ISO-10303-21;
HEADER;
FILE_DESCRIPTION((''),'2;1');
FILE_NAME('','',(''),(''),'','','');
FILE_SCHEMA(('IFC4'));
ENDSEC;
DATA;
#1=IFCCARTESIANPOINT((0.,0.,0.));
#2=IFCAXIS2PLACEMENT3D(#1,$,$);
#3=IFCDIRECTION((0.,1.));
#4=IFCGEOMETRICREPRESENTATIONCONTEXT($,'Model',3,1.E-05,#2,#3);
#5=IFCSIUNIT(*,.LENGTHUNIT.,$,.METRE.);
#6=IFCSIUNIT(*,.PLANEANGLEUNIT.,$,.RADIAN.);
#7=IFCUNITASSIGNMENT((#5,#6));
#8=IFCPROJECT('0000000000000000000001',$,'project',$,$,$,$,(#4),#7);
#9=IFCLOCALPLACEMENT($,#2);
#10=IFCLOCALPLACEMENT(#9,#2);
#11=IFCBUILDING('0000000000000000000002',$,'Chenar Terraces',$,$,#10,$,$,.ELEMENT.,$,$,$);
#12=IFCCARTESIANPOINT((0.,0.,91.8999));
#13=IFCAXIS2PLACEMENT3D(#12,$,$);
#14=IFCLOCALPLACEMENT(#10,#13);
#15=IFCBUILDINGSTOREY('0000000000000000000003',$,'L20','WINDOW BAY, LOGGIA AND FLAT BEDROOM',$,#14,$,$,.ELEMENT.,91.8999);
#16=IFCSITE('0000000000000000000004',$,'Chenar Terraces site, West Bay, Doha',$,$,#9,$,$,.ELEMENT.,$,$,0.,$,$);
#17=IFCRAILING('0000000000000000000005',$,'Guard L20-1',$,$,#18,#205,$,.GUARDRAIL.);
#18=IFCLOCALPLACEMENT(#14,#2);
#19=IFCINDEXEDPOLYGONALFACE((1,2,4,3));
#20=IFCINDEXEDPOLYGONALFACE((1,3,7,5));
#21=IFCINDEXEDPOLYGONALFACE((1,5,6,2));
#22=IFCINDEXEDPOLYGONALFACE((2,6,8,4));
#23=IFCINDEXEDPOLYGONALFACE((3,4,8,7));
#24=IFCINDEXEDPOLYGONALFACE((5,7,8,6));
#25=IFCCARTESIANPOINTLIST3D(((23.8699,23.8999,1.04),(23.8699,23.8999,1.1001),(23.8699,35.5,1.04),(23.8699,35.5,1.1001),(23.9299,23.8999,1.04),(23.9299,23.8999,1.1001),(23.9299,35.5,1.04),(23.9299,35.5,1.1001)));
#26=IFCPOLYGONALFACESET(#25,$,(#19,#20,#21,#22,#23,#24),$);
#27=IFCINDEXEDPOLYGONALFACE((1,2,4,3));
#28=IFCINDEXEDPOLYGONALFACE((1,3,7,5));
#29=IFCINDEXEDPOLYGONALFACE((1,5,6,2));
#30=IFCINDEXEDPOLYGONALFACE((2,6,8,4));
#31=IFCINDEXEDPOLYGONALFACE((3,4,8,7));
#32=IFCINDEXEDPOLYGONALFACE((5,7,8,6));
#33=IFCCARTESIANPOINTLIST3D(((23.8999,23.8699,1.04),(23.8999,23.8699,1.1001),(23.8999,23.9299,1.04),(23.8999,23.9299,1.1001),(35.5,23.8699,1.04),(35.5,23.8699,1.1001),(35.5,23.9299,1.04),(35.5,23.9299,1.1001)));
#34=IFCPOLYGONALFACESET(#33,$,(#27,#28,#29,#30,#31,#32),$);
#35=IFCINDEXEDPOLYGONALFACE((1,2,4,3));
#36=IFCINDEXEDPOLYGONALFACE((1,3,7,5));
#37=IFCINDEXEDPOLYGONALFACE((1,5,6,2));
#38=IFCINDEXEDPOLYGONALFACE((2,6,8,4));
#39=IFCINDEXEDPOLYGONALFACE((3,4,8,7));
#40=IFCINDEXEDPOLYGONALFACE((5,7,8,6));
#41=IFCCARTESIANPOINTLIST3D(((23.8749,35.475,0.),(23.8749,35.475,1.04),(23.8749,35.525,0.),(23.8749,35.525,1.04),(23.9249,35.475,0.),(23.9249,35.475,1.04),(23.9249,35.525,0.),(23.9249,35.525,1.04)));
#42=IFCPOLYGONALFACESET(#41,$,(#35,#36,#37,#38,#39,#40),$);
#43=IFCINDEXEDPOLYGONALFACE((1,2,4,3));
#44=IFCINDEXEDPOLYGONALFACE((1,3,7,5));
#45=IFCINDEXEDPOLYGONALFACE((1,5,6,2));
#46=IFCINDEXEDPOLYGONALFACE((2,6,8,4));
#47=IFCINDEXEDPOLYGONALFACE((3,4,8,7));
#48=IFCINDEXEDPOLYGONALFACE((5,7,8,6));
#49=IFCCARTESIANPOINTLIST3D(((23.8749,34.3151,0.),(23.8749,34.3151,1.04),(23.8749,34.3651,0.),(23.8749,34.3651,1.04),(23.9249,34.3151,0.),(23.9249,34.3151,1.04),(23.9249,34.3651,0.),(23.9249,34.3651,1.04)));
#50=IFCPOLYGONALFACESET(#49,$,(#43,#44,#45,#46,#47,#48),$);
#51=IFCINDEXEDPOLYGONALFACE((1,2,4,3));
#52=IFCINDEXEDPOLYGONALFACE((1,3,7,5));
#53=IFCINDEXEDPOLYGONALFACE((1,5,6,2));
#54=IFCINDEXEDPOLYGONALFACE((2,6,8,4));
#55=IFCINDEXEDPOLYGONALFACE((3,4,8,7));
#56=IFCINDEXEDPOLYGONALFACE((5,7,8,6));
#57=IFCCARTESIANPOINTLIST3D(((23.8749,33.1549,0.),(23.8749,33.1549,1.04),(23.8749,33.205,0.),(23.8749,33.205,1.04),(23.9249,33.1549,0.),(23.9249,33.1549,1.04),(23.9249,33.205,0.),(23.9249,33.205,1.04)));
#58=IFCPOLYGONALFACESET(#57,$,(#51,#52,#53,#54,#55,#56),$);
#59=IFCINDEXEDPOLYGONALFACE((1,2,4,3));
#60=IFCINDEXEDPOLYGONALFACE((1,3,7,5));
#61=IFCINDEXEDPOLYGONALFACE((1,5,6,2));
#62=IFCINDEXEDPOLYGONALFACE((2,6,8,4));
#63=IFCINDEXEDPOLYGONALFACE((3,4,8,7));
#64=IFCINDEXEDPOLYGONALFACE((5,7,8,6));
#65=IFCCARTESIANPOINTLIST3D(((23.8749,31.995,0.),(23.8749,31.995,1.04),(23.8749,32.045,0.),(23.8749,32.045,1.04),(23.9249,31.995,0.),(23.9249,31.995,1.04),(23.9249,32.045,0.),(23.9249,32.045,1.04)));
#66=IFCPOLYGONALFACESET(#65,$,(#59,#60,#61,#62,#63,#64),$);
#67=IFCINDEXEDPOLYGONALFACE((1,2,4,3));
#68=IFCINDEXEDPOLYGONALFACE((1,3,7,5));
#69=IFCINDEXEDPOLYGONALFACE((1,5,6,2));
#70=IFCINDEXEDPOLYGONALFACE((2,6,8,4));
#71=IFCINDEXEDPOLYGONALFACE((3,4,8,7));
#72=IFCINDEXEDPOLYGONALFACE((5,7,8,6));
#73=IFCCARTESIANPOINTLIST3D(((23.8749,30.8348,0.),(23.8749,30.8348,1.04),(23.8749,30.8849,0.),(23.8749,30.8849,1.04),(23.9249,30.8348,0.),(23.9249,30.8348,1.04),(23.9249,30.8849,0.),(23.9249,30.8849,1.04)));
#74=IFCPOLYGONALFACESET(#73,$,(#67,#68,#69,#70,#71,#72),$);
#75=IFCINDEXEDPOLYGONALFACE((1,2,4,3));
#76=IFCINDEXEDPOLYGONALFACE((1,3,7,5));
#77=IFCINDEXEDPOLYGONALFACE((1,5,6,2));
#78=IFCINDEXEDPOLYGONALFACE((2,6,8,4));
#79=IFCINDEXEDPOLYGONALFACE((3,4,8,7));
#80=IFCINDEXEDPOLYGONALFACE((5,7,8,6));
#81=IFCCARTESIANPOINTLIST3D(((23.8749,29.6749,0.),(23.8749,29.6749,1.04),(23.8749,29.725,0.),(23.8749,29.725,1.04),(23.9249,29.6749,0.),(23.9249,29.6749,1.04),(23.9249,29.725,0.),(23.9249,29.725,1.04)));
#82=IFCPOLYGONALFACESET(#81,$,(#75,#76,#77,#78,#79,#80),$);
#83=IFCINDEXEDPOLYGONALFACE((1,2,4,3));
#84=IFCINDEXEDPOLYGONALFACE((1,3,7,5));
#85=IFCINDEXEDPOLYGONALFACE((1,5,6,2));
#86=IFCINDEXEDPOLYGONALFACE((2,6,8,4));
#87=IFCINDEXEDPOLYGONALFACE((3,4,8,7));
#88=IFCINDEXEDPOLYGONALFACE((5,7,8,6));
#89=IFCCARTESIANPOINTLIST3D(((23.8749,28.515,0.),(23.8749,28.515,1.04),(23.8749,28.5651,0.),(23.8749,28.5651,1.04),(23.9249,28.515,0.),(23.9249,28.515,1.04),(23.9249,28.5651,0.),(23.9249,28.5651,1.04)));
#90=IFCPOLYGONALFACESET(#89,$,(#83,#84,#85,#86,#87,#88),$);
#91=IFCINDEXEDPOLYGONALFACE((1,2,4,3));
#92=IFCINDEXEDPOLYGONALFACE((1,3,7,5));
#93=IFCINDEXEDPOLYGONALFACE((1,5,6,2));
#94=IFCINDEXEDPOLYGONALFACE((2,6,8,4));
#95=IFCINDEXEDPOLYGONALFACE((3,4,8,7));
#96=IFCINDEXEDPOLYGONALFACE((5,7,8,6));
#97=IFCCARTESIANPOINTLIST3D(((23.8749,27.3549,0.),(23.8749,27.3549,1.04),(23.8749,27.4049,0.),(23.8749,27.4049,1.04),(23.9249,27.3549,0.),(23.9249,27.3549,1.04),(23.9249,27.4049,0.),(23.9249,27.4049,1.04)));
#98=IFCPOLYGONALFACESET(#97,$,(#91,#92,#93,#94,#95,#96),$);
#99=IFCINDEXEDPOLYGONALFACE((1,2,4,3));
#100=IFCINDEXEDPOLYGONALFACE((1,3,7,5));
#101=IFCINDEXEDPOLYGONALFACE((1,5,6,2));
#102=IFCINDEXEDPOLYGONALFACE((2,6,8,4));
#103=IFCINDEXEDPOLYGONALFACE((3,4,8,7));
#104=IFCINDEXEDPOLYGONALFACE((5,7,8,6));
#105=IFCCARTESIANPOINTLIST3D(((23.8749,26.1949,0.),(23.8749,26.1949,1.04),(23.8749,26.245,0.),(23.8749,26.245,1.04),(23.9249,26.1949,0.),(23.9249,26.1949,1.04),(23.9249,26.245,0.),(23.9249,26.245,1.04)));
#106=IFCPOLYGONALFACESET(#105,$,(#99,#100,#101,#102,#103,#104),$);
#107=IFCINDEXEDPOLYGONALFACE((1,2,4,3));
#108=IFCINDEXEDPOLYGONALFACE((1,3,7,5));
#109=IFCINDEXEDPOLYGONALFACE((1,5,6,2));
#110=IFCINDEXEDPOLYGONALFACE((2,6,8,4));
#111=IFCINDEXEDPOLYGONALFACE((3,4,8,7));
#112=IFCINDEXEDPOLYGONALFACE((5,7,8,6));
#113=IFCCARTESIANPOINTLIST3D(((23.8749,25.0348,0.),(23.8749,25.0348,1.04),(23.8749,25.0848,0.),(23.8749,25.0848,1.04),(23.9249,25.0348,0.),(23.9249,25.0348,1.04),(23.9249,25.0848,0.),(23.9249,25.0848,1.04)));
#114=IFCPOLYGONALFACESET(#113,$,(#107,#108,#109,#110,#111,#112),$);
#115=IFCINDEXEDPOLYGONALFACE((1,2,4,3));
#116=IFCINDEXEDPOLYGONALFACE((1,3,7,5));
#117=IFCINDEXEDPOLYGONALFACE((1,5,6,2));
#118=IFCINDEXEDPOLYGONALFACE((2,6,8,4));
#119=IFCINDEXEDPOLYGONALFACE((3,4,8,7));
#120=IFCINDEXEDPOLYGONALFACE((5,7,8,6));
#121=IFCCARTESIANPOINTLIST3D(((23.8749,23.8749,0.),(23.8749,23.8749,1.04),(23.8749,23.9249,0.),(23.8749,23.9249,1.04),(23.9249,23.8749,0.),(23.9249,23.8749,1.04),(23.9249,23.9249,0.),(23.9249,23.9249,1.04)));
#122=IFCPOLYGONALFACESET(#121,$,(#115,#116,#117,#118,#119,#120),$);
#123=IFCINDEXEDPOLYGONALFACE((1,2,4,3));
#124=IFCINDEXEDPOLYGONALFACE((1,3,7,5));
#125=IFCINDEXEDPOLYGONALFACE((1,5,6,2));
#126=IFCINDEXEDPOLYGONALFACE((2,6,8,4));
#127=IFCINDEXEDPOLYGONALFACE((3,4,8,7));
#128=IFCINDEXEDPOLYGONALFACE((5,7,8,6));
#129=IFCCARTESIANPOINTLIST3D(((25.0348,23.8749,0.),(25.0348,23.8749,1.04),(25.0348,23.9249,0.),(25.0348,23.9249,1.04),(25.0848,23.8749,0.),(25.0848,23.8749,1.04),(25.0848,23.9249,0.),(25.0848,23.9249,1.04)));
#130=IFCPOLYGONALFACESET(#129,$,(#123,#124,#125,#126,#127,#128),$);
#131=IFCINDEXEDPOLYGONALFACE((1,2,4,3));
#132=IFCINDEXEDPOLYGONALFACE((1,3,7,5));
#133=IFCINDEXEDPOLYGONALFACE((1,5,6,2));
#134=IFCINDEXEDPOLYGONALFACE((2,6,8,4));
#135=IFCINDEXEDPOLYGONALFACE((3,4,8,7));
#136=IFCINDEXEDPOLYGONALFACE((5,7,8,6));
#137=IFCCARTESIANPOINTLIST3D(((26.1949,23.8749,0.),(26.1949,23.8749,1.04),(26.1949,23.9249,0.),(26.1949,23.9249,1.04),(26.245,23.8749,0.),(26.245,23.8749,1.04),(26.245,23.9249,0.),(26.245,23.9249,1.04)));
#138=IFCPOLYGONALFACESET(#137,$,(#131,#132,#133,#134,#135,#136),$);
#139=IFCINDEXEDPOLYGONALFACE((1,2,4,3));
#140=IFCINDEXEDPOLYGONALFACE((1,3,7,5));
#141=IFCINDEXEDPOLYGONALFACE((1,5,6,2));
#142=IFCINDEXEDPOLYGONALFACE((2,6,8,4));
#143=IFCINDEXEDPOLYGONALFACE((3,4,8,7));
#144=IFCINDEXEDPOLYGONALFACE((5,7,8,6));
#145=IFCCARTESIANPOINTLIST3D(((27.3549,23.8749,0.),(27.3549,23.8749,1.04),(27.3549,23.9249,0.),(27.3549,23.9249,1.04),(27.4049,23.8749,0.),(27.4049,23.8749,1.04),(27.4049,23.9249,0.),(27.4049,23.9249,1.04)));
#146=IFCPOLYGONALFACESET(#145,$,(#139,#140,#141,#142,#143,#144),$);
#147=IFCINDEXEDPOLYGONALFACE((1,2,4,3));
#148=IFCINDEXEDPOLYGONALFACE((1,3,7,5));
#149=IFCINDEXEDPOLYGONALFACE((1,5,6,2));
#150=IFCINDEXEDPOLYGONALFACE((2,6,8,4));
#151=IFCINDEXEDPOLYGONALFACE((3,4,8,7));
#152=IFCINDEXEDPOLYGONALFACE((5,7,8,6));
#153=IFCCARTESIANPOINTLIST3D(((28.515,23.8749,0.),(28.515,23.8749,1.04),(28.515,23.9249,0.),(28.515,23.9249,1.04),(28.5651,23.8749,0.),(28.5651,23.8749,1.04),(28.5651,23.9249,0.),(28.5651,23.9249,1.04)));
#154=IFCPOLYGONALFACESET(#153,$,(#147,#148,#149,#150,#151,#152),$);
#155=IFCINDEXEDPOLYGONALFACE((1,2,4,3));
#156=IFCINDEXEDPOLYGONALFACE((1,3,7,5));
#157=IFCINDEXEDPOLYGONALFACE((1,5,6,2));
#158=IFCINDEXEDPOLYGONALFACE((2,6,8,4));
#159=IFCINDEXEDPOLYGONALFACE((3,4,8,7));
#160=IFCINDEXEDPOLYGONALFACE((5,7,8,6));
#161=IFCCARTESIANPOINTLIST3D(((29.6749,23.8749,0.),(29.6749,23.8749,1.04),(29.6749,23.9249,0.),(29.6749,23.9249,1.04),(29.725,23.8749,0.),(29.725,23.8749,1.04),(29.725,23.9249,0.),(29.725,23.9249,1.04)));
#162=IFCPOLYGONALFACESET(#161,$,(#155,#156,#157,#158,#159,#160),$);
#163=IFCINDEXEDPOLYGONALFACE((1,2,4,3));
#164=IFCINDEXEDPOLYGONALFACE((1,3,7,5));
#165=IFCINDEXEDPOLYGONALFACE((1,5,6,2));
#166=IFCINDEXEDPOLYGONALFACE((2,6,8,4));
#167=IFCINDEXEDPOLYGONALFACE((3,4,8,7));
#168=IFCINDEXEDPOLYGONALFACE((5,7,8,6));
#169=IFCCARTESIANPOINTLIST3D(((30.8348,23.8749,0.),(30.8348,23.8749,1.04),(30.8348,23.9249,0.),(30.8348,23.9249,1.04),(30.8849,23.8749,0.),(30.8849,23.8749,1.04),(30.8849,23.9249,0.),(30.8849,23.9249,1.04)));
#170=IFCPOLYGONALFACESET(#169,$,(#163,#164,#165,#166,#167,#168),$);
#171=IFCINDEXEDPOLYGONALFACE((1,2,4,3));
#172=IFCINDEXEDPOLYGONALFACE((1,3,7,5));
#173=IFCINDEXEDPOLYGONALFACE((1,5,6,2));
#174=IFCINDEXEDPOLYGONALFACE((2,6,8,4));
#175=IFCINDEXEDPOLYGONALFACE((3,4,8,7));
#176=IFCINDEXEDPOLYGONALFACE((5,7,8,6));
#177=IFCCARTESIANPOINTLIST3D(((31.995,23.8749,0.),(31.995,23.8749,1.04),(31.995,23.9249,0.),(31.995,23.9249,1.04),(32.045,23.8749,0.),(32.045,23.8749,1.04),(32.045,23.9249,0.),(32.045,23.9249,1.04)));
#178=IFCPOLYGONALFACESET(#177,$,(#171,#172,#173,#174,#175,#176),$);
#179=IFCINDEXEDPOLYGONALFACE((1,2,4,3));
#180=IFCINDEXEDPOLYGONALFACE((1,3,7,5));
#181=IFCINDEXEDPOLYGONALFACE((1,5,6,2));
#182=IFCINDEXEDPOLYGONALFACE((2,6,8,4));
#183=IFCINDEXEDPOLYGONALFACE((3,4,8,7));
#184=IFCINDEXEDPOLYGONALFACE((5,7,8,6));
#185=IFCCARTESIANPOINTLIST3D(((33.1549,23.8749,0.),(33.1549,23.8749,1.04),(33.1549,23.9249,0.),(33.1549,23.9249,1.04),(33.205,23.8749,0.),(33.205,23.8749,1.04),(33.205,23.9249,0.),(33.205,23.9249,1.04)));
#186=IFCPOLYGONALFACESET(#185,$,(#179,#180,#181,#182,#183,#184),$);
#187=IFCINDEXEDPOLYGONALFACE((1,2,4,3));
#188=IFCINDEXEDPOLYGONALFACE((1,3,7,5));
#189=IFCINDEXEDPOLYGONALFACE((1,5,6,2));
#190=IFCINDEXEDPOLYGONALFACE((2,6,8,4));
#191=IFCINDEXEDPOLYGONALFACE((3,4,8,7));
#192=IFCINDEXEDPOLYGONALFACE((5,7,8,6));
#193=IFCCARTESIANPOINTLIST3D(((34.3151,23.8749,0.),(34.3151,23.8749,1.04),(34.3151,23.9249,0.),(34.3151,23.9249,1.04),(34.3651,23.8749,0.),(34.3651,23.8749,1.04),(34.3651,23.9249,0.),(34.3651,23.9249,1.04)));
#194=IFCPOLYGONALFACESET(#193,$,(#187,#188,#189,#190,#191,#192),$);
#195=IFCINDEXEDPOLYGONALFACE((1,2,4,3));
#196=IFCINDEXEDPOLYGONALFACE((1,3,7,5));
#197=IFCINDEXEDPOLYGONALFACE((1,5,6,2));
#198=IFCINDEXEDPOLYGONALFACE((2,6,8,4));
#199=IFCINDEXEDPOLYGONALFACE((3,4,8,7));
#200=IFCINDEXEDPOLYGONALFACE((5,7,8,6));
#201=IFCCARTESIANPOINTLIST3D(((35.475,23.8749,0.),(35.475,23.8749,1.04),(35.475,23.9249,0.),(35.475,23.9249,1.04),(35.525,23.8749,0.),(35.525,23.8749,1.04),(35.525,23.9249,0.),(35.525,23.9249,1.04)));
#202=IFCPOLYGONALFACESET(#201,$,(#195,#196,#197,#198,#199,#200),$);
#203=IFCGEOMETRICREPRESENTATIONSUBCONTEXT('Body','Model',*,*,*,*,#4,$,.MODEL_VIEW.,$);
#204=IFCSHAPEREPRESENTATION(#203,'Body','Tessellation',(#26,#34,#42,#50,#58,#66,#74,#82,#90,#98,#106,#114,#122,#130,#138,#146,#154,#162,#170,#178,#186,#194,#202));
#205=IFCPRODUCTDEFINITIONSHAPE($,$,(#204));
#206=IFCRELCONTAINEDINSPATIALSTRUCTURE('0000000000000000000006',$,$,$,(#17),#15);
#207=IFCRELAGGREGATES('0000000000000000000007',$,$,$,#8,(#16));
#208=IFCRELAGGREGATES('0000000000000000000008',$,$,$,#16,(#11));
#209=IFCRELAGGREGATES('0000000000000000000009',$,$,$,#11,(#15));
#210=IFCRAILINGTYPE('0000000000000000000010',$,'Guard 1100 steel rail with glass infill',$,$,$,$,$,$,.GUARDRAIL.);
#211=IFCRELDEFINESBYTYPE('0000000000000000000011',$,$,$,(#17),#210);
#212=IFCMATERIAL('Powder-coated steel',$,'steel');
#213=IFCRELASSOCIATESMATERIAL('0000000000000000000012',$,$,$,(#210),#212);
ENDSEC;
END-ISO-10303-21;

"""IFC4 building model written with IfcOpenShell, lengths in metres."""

from ifc_helpers import new_model, si_unit, direction, frame, origin, origin_2d, place, context, subcontext, project, spatial, rectangle, extrude, material, type_object, element, save


model = new_model("IFC4")

# Units and contexts
model_context = context("Model", 3, precision=1e-05, world=origin(), true_north=direction((0.0, 1.0)))
body_context = subcontext(model_context, "Body", "Model", "MODEL_VIEW")
ifc_project = project(units=[si_unit("LENGTHUNIT", "METRE"), si_unit("PLANEANGLEUNIT", "RADIAN")], contexts=[model_context])

# Site, building, storey
site_placement = place(None, origin())
site = spatial("IfcSite", under=ifc_project, at=site_placement, Name="Chenar Terraces site, West Bay, Doha", CompositionType="ELEMENT", RefElevation=0.0)
building_placement = place(site_placement, origin())
building = spatial("IfcBuilding", under=site, at=building_placement, Name="Chenar Terraces", CompositionType="ELEMENT")
storey_placement = place(building_placement, frame((0.0, 0.0, 91.8999)))
storey = spatial("IfcBuildingStorey", under=building, at=storey_placement, Name="L20", Description="WINDOW BAY, LOGGIA AND FLAT BEDROOM", CompositionType="ELEMENT", Elevation=91.8999)

# Railing
ifc_material_1 = material(Name="Powder-coated steel", Category="steel")
railing_type = type_object("IfcRailingType", Name="Guard 1100 steel rail with glass infill", PredefinedType="GUARDRAIL", material=ifc_material_1)
railing_placement = place(storey_placement, frame((23.8999, 35.5, 0.0)))
element("IfcRailing", 1, at=railing_placement, inside=storey, type_object=railing_type, Name="Guard L20-1", PredefinedType="GUARDRAIL", context=body_context, shape_type="SweptSolid", body=[
    extrude(rectangle(XDim=0.0601, YDim=0.0601, at=origin_2d()), frame((0.0, 0.0, 1.0701), z_axis=(0.0, -1.0, 0.0), x_axis=(1.0, 0.0, 0.0)), (0.0, 0.0, 1.0), 11.6001),
    extrude(rectangle(XDim=0.0601, YDim=0.0601, at=origin_2d()), frame((0.0, -11.6001, 1.0701), z_axis=(1.0, 0.0, 0.0), x_axis=(0.0, 1.0, 0.0)), (0.0, 0.0, 1.0), 11.6001),
    extrude(rectangle(XDim=0.05, YDim=0.05, at=origin_2d()), origin(), (0.0, 0.0, 1.0), 1.04),
    extrude(rectangle(XDim=0.05, YDim=0.05, at=origin_2d()), frame((0.0, -1.1599, 0.0)), (0.0, 0.0, 1.0), 1.04),
    extrude(rectangle(XDim=0.05, YDim=0.05, at=origin_2d()), frame((0.0, -2.3201, 0.0)), (0.0, 0.0, 1.0), 1.04),
    extrude(rectangle(XDim=0.05, YDim=0.05, at=origin_2d()), frame((0.0, -3.48, 0.0)), (0.0, 0.0, 1.0), 1.04),
    extrude(rectangle(XDim=0.05, YDim=0.05, at=origin_2d()), frame((0.0, -4.6401, 0.0)), (0.0, 0.0, 1.0), 1.04),
    extrude(rectangle(XDim=0.05, YDim=0.05, at=origin_2d()), frame((0.0, -5.8, 0.0)), (0.0, 0.0, 1.0), 1.04),
    extrude(rectangle(XDim=0.05, YDim=0.05, at=origin_2d()), frame((0.0, -6.96, 0.0)), (0.0, 0.0, 1.0), 1.04),
    extrude(rectangle(XDim=0.05, YDim=0.05, at=origin_2d()), frame((0.0, -8.1201, 0.0)), (0.0, 0.0, 1.0), 1.04),
    extrude(rectangle(XDim=0.05, YDim=0.05, at=origin_2d()), frame((0.0, -9.28, 0.0)), (0.0, 0.0, 1.0), 1.04),
    extrude(rectangle(XDim=0.05, YDim=0.05, at=origin_2d()), frame((0.0, -10.4402, 0.0)), (0.0, 0.0, 1.0), 1.04),
    extrude(rectangle(XDim=0.05, YDim=0.05, at=origin_2d()), frame((0.0, -11.6001, 0.0)), (0.0, 0.0, 1.0), 1.04),
    extrude(rectangle(XDim=0.05, YDim=0.05, at=origin_2d()), frame((1.1599, -11.6001, 0.0)), (0.0, 0.0, 1.0), 1.04),
    extrude(rectangle(XDim=0.05, YDim=0.05, at=origin_2d()), frame((2.3201, -11.6001, 0.0)), (0.0, 0.0, 1.0), 1.04),
    extrude(rectangle(XDim=0.05, YDim=0.05, at=origin_2d()), frame((3.48, -11.6001, 0.0)), (0.0, 0.0, 1.0), 1.04),
    extrude(rectangle(XDim=0.05, YDim=0.05, at=origin_2d()), frame((4.6401, -11.6001, 0.0)), (0.0, 0.0, 1.0), 1.04),
    extrude(rectangle(XDim=0.05, YDim=0.05, at=origin_2d()), frame((5.8, -11.6001, 0.0)), (0.0, 0.0, 1.0), 1.04),
    extrude(rectangle(XDim=0.05, YDim=0.05, at=origin_2d()), frame((6.96, -11.6001, 0.0)), (0.0, 0.0, 1.0), 1.04),
    extrude(rectangle(XDim=0.05, YDim=0.05, at=origin_2d()), frame((8.1201, -11.6001, 0.0)), (0.0, 0.0, 1.0), 1.04),
    extrude(rectangle(XDim=0.05, YDim=0.05, at=origin_2d()), frame((9.28, -11.6001, 0.0)), (0.0, 0.0, 1.0), 1.04),
    extrude(rectangle(XDim=0.05, YDim=0.05, at=origin_2d()), frame((10.4402, -11.6001, 0.0)), (0.0, 0.0, 1.0), 1.04),
    extrude(rectangle(XDim=0.05, YDim=0.05, at=origin_2d()), frame((11.6001, -11.6001, 0.0)), (0.0, 0.0, 1.0), 1.04),
])

save(model, "model.ifc")
